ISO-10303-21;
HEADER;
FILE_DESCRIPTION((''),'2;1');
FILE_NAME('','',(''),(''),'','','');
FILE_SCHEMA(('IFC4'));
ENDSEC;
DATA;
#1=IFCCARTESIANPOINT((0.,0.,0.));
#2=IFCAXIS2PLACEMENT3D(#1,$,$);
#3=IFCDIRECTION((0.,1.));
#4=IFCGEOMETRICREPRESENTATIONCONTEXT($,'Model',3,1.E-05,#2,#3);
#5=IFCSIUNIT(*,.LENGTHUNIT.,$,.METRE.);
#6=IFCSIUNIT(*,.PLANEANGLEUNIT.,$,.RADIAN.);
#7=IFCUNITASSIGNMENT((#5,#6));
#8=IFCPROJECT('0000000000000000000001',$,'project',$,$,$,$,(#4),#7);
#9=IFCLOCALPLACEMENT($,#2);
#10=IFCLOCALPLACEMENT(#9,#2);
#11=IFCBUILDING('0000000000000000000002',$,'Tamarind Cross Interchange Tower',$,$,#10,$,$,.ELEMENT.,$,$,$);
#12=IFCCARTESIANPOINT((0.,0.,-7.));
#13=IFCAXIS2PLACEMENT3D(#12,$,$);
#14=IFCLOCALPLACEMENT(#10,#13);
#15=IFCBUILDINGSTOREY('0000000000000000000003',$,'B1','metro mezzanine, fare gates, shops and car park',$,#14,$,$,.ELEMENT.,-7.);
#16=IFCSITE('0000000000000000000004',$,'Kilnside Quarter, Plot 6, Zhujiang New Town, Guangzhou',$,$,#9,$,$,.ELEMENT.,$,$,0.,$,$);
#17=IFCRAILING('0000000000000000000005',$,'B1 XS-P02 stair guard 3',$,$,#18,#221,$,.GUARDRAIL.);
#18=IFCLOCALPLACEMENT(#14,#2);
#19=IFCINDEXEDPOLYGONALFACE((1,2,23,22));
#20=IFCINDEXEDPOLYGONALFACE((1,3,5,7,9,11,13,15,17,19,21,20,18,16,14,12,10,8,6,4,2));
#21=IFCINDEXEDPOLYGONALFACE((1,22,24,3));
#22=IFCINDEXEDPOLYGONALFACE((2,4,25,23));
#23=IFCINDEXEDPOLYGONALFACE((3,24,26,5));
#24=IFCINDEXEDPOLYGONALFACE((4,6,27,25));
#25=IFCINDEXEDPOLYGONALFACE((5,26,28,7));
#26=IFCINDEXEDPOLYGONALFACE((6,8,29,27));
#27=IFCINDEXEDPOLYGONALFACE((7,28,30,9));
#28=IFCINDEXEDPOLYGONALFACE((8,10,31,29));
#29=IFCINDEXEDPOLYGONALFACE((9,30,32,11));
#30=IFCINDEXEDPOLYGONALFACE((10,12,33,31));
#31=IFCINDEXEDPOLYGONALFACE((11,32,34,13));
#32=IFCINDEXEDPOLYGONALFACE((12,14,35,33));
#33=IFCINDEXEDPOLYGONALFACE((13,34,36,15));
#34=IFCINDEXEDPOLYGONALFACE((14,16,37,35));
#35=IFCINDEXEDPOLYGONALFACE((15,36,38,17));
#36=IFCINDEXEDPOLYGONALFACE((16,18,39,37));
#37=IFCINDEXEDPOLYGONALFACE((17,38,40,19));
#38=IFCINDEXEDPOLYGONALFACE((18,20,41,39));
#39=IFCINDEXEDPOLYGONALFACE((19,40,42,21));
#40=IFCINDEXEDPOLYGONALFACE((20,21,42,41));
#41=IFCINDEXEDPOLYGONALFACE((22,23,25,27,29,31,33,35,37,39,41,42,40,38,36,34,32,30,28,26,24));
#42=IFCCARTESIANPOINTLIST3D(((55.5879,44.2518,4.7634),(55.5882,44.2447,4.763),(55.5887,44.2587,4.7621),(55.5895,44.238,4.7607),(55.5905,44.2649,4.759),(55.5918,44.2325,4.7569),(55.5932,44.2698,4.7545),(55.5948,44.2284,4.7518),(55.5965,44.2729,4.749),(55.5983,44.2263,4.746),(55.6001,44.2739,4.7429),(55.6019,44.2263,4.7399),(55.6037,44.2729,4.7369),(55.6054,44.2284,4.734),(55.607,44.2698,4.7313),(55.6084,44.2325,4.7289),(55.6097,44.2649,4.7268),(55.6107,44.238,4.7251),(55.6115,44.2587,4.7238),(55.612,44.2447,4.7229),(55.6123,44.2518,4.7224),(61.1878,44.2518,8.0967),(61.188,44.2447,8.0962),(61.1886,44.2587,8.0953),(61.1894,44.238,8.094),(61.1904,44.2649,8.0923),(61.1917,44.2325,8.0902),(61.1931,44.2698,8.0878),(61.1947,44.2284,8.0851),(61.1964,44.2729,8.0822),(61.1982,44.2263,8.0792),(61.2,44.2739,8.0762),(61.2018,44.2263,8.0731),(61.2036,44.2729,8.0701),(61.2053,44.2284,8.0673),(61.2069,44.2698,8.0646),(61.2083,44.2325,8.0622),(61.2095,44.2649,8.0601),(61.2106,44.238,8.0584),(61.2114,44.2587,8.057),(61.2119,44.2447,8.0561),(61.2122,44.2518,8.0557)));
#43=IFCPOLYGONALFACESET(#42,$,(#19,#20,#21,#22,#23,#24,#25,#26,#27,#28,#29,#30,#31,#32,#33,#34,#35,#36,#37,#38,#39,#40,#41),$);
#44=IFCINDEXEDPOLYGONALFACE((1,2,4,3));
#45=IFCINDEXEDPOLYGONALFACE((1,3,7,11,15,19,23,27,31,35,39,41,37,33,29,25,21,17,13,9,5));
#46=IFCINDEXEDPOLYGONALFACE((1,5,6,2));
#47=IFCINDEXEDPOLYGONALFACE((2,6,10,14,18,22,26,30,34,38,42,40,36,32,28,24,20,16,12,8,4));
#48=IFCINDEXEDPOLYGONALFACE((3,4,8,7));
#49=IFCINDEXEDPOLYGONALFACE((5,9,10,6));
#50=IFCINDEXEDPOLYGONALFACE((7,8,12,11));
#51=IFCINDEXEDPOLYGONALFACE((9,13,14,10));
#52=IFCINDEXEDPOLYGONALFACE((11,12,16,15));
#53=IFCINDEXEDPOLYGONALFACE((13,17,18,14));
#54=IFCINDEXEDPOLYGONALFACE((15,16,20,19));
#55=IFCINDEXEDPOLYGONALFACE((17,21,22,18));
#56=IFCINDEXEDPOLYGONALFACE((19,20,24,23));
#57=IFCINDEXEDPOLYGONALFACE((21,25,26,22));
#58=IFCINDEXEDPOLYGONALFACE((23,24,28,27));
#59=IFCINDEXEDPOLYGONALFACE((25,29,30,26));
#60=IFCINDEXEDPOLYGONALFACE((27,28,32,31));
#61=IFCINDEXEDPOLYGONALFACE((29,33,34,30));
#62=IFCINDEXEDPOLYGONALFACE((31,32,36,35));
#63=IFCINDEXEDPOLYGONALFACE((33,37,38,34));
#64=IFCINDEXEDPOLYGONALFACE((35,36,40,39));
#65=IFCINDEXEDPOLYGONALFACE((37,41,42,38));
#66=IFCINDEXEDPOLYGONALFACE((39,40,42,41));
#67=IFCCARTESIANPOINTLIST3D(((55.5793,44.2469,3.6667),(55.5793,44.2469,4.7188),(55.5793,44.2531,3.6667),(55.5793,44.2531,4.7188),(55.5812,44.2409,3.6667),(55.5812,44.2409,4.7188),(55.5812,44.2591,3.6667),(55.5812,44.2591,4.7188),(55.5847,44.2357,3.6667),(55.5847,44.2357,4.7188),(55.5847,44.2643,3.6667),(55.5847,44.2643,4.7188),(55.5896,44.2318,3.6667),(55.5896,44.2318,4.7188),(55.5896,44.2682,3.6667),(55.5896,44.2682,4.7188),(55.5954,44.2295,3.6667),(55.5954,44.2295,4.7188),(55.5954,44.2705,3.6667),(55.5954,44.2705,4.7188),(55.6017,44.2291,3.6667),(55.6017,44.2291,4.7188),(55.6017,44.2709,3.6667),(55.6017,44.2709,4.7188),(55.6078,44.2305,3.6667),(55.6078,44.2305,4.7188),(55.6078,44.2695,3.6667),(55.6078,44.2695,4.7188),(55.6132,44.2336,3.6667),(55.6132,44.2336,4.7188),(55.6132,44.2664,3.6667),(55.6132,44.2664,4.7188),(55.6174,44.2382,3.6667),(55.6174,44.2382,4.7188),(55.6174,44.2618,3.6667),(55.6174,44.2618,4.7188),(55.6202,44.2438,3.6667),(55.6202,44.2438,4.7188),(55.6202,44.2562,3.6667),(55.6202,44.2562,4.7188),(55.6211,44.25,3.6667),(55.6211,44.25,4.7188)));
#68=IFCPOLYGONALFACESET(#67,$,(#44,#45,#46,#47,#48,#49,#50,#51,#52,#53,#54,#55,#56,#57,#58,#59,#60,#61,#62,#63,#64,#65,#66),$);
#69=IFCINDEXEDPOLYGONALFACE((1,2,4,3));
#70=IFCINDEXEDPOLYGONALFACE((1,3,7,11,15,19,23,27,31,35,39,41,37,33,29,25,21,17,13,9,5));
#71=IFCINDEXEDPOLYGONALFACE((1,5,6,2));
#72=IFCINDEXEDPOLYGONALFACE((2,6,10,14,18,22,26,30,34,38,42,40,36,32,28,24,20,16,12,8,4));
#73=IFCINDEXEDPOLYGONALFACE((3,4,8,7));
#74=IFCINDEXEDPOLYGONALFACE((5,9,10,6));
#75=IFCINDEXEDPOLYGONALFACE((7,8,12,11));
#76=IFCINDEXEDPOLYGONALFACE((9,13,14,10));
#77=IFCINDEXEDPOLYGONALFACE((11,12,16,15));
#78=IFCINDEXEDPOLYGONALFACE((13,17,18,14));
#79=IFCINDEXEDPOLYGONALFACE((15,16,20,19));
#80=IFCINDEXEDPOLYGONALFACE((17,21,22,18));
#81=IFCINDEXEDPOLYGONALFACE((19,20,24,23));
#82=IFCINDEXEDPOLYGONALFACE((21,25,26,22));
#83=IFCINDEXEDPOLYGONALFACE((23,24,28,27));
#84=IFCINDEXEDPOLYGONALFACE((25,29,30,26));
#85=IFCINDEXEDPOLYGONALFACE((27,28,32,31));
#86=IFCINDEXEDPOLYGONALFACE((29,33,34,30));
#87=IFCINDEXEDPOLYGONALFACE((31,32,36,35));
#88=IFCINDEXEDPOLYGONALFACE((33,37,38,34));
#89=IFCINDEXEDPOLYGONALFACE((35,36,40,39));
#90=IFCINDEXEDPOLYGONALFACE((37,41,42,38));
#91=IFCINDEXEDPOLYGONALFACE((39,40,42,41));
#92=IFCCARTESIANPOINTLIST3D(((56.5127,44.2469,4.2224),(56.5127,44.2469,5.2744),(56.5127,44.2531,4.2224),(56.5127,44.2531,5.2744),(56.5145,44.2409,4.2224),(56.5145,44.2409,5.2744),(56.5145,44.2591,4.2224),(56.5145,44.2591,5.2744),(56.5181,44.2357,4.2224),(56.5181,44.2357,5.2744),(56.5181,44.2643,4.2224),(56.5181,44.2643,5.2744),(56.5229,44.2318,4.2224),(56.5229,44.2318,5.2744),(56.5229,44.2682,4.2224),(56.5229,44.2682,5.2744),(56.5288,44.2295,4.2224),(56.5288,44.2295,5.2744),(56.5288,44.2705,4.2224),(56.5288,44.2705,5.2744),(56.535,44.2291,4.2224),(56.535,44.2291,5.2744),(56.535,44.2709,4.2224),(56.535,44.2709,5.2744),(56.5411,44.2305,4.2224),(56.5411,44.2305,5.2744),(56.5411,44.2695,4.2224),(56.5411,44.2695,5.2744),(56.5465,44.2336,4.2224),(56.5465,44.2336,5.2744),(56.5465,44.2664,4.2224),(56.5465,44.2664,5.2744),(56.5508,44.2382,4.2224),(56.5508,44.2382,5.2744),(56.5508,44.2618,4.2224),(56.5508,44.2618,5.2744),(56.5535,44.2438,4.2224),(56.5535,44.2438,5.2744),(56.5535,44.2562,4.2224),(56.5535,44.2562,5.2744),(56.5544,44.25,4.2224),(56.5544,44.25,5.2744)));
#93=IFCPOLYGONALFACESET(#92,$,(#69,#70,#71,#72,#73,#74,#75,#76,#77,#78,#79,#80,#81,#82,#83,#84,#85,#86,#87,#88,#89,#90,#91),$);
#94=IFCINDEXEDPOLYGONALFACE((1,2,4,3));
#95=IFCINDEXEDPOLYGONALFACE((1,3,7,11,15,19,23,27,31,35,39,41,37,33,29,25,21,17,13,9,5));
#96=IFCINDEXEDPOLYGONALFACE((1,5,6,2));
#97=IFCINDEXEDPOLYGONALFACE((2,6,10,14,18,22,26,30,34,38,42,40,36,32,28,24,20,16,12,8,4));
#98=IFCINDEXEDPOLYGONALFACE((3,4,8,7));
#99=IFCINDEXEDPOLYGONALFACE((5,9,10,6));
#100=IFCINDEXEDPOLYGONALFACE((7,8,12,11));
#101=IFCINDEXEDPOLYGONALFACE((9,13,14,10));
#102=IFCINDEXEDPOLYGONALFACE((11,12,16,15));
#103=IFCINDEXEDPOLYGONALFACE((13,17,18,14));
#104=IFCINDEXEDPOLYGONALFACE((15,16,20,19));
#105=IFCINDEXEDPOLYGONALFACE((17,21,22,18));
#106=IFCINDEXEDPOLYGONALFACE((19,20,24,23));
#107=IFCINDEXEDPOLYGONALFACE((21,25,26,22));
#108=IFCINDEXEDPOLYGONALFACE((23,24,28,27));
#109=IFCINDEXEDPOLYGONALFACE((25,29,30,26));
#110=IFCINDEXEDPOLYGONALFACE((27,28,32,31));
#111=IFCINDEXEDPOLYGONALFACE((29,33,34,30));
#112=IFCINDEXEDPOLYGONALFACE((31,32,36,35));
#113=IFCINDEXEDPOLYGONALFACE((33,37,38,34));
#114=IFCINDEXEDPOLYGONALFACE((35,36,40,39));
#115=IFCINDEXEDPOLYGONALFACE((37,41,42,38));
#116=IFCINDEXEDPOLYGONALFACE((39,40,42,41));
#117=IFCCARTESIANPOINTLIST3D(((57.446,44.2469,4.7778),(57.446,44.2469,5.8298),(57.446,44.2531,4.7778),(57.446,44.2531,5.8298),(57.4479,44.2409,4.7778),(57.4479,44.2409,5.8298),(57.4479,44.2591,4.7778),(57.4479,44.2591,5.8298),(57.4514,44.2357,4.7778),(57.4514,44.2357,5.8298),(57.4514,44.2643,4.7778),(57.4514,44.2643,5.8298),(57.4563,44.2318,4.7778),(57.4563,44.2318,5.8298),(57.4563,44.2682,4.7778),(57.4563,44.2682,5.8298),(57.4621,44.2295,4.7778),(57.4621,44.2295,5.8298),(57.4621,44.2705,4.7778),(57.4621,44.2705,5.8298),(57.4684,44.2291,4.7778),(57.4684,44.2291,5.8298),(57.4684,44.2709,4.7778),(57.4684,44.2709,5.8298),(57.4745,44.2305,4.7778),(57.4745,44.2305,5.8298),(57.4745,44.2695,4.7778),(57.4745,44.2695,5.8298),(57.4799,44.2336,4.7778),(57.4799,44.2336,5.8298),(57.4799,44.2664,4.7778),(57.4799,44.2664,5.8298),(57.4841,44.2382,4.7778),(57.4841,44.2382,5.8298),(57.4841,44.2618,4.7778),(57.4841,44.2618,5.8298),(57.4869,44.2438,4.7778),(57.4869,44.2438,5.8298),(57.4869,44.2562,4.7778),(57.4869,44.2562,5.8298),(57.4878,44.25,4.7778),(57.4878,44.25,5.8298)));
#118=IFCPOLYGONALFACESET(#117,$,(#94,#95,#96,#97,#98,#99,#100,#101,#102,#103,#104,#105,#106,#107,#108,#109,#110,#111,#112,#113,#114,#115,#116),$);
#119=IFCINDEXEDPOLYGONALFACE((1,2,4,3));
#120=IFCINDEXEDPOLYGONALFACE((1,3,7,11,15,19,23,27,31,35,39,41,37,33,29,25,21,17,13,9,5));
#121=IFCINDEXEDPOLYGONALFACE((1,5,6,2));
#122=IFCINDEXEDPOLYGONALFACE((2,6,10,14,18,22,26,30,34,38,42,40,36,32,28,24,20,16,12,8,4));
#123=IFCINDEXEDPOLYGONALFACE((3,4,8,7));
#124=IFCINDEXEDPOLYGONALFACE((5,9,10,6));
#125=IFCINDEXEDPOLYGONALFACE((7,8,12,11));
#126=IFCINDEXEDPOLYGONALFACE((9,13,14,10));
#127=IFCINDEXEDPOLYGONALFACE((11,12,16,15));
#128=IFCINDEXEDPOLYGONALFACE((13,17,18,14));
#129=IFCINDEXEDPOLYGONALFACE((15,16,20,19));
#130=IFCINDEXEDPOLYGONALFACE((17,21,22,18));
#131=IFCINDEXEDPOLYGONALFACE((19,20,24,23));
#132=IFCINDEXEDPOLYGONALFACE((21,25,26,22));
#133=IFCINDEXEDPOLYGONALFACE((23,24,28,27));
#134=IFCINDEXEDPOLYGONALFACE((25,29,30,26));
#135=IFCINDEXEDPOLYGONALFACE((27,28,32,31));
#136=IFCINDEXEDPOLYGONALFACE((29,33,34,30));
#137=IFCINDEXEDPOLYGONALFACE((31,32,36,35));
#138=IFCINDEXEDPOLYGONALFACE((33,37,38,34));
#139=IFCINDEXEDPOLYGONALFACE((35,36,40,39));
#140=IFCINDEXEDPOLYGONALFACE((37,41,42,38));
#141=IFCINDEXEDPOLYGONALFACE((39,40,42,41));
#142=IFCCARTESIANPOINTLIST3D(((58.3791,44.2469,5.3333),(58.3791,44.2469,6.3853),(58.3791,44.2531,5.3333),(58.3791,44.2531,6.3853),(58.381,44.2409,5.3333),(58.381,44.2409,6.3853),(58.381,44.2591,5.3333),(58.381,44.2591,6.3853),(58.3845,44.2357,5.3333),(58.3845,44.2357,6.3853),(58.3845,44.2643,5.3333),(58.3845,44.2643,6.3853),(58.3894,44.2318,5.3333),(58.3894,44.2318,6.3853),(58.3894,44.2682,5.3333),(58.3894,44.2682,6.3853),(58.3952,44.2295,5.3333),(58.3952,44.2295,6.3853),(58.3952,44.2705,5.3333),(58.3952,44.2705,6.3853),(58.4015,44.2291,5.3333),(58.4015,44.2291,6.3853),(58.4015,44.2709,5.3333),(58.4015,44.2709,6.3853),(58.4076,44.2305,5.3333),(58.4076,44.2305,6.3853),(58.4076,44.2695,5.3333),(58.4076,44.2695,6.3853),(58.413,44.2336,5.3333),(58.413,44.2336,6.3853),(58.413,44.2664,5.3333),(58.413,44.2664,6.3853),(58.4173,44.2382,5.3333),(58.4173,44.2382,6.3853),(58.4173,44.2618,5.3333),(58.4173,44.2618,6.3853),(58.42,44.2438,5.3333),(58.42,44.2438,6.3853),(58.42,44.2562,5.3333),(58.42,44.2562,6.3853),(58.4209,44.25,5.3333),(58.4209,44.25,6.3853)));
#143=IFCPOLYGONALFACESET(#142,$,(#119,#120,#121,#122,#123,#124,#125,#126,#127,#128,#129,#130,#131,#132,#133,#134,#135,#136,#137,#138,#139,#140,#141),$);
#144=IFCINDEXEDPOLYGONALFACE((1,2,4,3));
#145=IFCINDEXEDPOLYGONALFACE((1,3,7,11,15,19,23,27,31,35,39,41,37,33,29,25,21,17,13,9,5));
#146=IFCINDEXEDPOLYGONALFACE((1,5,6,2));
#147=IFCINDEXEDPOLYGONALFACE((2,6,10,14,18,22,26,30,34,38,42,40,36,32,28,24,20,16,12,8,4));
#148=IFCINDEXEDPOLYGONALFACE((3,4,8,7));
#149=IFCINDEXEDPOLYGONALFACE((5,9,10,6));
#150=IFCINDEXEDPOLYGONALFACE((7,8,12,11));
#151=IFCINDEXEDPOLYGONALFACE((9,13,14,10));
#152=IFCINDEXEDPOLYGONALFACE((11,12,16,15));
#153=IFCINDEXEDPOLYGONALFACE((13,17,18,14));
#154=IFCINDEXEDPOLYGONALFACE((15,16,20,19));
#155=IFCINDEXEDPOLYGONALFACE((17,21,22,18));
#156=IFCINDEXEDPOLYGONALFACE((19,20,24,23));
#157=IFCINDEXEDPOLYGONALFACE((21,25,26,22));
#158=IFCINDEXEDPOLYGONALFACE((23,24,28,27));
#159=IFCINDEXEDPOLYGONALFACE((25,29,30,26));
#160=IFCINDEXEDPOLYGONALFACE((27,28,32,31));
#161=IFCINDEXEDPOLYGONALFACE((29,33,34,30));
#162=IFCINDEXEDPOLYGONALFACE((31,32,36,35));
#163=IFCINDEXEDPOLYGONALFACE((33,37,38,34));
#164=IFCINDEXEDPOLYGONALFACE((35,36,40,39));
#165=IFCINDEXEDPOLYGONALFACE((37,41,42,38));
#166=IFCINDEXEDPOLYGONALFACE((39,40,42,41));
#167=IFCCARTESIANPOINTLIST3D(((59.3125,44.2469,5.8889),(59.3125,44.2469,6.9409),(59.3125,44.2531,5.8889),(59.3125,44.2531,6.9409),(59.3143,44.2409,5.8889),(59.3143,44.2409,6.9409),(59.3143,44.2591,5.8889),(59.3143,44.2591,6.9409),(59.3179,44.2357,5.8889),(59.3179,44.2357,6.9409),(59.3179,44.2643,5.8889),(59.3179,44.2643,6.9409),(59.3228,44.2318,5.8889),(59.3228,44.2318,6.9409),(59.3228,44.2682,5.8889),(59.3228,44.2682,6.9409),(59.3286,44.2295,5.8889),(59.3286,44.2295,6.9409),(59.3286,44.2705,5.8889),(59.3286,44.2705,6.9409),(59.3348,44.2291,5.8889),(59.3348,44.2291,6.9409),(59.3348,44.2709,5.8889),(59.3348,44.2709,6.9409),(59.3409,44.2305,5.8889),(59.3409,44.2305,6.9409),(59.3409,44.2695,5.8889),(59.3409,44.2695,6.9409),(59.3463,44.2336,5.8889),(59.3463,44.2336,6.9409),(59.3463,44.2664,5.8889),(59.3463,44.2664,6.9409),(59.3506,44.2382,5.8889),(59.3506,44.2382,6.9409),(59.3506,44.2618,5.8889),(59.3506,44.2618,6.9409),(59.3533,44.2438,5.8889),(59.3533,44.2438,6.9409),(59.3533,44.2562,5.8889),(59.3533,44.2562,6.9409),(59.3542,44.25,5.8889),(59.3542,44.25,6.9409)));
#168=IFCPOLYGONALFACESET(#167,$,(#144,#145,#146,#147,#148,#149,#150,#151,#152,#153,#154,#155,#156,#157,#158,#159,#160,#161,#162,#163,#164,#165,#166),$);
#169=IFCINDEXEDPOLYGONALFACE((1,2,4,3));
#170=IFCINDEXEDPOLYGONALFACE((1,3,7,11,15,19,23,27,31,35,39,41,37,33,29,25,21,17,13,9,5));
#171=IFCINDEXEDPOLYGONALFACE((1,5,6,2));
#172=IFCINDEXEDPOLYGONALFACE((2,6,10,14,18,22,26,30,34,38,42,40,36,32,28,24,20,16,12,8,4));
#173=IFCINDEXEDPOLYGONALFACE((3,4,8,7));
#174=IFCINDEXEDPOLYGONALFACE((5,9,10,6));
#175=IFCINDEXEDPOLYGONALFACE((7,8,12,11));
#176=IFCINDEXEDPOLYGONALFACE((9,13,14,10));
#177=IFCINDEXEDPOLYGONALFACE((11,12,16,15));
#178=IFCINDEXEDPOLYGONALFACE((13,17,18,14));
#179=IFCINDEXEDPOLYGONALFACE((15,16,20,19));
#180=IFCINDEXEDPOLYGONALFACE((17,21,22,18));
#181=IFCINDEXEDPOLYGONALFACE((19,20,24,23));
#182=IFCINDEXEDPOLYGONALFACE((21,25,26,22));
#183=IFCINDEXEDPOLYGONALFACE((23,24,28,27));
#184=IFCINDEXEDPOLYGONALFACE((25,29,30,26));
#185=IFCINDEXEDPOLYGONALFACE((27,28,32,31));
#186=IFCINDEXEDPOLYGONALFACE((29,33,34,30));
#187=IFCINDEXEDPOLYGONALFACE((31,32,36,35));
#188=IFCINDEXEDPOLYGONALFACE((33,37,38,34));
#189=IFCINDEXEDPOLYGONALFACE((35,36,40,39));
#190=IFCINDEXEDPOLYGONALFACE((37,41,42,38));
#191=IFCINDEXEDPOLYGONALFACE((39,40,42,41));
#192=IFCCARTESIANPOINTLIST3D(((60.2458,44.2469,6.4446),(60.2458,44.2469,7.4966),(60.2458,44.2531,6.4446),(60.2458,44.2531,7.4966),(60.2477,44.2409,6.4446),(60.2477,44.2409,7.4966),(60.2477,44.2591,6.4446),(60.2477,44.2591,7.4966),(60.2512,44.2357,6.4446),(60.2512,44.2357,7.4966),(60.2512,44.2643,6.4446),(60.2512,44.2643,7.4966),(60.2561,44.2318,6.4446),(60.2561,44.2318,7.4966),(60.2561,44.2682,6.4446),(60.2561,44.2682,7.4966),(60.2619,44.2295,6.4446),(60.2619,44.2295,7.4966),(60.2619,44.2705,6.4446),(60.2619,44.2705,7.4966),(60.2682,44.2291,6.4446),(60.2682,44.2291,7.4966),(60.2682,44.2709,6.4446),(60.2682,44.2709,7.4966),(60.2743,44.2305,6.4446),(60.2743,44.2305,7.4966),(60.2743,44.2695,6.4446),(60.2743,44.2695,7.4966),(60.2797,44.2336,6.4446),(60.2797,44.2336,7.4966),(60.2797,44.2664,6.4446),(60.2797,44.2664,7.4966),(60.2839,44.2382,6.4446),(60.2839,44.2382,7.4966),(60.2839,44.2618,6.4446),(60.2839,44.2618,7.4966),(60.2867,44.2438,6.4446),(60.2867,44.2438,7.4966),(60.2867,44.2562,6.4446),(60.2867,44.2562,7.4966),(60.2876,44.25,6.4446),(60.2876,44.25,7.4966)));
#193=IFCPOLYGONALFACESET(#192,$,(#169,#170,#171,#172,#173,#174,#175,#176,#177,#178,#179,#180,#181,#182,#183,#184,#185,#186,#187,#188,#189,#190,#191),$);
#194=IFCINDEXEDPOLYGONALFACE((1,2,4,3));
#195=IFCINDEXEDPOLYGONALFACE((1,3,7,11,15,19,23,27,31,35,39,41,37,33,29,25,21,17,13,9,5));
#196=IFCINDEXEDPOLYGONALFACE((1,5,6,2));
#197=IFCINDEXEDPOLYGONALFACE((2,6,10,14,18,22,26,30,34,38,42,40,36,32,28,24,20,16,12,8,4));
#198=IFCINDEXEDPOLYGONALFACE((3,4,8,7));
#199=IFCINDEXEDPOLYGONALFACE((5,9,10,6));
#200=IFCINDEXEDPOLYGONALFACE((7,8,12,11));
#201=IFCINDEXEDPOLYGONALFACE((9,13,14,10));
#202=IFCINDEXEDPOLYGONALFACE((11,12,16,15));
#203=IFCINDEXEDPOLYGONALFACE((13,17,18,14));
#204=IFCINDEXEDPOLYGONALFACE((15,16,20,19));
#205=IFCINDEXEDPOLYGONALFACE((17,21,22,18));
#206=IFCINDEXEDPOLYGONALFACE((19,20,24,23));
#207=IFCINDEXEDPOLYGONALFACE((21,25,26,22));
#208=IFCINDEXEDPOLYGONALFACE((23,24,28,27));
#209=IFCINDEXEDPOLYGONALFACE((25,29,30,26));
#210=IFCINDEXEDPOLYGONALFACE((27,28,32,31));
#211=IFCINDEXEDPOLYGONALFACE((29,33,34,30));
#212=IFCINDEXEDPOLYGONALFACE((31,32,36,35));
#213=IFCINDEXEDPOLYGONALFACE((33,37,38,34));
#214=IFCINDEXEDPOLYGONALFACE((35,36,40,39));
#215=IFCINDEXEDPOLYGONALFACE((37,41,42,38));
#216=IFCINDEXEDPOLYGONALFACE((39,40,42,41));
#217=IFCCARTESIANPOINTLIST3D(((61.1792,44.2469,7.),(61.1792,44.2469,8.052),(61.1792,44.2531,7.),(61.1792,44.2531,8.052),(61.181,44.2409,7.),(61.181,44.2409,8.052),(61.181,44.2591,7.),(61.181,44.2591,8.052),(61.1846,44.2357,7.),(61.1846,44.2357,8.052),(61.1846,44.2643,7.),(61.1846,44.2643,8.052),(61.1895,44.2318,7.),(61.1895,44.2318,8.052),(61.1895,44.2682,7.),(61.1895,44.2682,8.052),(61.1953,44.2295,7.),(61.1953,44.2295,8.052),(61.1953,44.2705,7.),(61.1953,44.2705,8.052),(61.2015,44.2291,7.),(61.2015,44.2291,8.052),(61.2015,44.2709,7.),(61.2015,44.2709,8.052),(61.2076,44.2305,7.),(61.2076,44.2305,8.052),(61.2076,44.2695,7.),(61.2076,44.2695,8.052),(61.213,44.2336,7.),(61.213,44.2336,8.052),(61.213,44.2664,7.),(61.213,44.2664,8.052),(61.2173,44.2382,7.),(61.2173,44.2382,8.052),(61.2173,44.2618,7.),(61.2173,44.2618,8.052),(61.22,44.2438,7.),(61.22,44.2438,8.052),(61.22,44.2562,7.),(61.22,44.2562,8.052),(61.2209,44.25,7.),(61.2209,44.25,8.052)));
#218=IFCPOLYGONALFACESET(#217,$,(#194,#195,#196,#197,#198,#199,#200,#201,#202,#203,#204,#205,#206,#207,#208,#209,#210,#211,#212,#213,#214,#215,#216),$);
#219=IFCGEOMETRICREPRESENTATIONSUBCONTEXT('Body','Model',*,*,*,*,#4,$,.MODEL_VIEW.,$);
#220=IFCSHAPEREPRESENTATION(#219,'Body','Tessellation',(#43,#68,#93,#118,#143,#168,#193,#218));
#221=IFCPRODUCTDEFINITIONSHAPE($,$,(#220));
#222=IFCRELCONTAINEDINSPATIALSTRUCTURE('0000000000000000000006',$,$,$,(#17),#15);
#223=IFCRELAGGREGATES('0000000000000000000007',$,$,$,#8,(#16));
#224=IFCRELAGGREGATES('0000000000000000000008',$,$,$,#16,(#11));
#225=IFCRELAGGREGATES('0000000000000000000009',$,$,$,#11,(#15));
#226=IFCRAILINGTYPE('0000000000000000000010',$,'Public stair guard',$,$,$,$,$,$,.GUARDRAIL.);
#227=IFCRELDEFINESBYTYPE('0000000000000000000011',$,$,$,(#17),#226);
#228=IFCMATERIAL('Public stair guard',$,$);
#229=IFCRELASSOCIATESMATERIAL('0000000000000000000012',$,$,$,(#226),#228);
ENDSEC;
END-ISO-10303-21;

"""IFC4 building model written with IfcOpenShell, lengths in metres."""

from ifc_helpers import new_model, si_unit, direction, frame, origin, origin_2d, place, context, subcontext, project, spatial, circle, extrude, material, type_object, element, save


model = new_model("IFC4")

# Units and contexts
model_context = context("Model", 3, precision=1e-05, world=origin(), true_north=direction((0.0, 1.0)))
body_context = subcontext(model_context, "Body", "Model", "MODEL_VIEW")
ifc_project = project(units=[si_unit("LENGTHUNIT", "METRE"), si_unit("PLANEANGLEUNIT", "RADIAN")], contexts=[model_context])

# Site, building, storey
site_placement = place(None, origin())
site = spatial("IfcSite", under=ifc_project, at=site_placement, Name="Kilnside Quarter, Plot 6, Zhujiang New Town, Guangzhou", CompositionType="ELEMENT", RefElevation=0.0)
building_placement = place(site_placement, origin())
building = spatial("IfcBuilding", under=site, at=building_placement, Name="Tamarind Cross Interchange Tower", CompositionType="ELEMENT")
storey_placement = place(building_placement, frame((0.0, 0.0, -7.0)))
storey = spatial("IfcBuildingStorey", under=building, at=storey_placement, Name="B1", Description="metro mezzanine, fare gates, shops and car park", CompositionType="ELEMENT", Elevation=-7.0)

# Railing
ifc_material_1 = material(Name="Public stair guard")
railing_type_1 = type_object("IfcRailingType", Name="Public stair guard", PredefinedType="GUARDRAIL", material=ifc_material_1)
railing_1_placement = place(storey_placement, frame((55.6001, 44.25, 3.6667)))
element("IfcRailing", 1, at=railing_1_placement, inside=storey, type_object=railing_type_1, Name="B1 XS-P02 stair guard 3", PredefinedType="GUARDRAIL", context=body_context, shape_type="SweptSolid", body=[
    extrude(circle(Radius=0.0239, at=origin_2d()), frame((0.0, 0.0, 1.0762), z_axis=(0.859292, 0.0, 0.511485), x_axis=(0.0, 1.0, 0.0)), (0.0, 0.0, 1.0), 6.5168),
    extrude(circle(Radius=0.021, at=origin_2d()), origin(), (0.0, 0.0, 1.0), 1.052),
    extrude(circle(Radius=0.021, at=origin_2d()), frame((0.9333, 0.0, 0.5557)), (0.0, 0.0, 1.0), 1.052),
    extrude(circle(Radius=0.021, at=origin_2d()), frame((1.8667, 0.0, 1.1111)), (0.0, 0.0, 1.0), 1.052),
    extrude(circle(Radius=0.021, at=origin_2d()), frame((2.7998, 0.0, 1.6665)), (0.0, 0.0, 1.0), 1.052),
    extrude(circle(Radius=0.021, at=origin_2d()), frame((3.7332, 0.0, 2.2222)), (0.0, 0.0, 1.0), 1.052),
    extrude(circle(Radius=0.021, at=origin_2d()), frame((4.6665, 0.0, 2.7778)), (0.0, 0.0, 1.0), 1.052),
    extrude(circle(Radius=0.021, at=origin_2d()), frame((5.5999, 0.0, 3.3333)), (0.0, 0.0, 1.0), 1.052),
])

save(model, "model.ifc")
